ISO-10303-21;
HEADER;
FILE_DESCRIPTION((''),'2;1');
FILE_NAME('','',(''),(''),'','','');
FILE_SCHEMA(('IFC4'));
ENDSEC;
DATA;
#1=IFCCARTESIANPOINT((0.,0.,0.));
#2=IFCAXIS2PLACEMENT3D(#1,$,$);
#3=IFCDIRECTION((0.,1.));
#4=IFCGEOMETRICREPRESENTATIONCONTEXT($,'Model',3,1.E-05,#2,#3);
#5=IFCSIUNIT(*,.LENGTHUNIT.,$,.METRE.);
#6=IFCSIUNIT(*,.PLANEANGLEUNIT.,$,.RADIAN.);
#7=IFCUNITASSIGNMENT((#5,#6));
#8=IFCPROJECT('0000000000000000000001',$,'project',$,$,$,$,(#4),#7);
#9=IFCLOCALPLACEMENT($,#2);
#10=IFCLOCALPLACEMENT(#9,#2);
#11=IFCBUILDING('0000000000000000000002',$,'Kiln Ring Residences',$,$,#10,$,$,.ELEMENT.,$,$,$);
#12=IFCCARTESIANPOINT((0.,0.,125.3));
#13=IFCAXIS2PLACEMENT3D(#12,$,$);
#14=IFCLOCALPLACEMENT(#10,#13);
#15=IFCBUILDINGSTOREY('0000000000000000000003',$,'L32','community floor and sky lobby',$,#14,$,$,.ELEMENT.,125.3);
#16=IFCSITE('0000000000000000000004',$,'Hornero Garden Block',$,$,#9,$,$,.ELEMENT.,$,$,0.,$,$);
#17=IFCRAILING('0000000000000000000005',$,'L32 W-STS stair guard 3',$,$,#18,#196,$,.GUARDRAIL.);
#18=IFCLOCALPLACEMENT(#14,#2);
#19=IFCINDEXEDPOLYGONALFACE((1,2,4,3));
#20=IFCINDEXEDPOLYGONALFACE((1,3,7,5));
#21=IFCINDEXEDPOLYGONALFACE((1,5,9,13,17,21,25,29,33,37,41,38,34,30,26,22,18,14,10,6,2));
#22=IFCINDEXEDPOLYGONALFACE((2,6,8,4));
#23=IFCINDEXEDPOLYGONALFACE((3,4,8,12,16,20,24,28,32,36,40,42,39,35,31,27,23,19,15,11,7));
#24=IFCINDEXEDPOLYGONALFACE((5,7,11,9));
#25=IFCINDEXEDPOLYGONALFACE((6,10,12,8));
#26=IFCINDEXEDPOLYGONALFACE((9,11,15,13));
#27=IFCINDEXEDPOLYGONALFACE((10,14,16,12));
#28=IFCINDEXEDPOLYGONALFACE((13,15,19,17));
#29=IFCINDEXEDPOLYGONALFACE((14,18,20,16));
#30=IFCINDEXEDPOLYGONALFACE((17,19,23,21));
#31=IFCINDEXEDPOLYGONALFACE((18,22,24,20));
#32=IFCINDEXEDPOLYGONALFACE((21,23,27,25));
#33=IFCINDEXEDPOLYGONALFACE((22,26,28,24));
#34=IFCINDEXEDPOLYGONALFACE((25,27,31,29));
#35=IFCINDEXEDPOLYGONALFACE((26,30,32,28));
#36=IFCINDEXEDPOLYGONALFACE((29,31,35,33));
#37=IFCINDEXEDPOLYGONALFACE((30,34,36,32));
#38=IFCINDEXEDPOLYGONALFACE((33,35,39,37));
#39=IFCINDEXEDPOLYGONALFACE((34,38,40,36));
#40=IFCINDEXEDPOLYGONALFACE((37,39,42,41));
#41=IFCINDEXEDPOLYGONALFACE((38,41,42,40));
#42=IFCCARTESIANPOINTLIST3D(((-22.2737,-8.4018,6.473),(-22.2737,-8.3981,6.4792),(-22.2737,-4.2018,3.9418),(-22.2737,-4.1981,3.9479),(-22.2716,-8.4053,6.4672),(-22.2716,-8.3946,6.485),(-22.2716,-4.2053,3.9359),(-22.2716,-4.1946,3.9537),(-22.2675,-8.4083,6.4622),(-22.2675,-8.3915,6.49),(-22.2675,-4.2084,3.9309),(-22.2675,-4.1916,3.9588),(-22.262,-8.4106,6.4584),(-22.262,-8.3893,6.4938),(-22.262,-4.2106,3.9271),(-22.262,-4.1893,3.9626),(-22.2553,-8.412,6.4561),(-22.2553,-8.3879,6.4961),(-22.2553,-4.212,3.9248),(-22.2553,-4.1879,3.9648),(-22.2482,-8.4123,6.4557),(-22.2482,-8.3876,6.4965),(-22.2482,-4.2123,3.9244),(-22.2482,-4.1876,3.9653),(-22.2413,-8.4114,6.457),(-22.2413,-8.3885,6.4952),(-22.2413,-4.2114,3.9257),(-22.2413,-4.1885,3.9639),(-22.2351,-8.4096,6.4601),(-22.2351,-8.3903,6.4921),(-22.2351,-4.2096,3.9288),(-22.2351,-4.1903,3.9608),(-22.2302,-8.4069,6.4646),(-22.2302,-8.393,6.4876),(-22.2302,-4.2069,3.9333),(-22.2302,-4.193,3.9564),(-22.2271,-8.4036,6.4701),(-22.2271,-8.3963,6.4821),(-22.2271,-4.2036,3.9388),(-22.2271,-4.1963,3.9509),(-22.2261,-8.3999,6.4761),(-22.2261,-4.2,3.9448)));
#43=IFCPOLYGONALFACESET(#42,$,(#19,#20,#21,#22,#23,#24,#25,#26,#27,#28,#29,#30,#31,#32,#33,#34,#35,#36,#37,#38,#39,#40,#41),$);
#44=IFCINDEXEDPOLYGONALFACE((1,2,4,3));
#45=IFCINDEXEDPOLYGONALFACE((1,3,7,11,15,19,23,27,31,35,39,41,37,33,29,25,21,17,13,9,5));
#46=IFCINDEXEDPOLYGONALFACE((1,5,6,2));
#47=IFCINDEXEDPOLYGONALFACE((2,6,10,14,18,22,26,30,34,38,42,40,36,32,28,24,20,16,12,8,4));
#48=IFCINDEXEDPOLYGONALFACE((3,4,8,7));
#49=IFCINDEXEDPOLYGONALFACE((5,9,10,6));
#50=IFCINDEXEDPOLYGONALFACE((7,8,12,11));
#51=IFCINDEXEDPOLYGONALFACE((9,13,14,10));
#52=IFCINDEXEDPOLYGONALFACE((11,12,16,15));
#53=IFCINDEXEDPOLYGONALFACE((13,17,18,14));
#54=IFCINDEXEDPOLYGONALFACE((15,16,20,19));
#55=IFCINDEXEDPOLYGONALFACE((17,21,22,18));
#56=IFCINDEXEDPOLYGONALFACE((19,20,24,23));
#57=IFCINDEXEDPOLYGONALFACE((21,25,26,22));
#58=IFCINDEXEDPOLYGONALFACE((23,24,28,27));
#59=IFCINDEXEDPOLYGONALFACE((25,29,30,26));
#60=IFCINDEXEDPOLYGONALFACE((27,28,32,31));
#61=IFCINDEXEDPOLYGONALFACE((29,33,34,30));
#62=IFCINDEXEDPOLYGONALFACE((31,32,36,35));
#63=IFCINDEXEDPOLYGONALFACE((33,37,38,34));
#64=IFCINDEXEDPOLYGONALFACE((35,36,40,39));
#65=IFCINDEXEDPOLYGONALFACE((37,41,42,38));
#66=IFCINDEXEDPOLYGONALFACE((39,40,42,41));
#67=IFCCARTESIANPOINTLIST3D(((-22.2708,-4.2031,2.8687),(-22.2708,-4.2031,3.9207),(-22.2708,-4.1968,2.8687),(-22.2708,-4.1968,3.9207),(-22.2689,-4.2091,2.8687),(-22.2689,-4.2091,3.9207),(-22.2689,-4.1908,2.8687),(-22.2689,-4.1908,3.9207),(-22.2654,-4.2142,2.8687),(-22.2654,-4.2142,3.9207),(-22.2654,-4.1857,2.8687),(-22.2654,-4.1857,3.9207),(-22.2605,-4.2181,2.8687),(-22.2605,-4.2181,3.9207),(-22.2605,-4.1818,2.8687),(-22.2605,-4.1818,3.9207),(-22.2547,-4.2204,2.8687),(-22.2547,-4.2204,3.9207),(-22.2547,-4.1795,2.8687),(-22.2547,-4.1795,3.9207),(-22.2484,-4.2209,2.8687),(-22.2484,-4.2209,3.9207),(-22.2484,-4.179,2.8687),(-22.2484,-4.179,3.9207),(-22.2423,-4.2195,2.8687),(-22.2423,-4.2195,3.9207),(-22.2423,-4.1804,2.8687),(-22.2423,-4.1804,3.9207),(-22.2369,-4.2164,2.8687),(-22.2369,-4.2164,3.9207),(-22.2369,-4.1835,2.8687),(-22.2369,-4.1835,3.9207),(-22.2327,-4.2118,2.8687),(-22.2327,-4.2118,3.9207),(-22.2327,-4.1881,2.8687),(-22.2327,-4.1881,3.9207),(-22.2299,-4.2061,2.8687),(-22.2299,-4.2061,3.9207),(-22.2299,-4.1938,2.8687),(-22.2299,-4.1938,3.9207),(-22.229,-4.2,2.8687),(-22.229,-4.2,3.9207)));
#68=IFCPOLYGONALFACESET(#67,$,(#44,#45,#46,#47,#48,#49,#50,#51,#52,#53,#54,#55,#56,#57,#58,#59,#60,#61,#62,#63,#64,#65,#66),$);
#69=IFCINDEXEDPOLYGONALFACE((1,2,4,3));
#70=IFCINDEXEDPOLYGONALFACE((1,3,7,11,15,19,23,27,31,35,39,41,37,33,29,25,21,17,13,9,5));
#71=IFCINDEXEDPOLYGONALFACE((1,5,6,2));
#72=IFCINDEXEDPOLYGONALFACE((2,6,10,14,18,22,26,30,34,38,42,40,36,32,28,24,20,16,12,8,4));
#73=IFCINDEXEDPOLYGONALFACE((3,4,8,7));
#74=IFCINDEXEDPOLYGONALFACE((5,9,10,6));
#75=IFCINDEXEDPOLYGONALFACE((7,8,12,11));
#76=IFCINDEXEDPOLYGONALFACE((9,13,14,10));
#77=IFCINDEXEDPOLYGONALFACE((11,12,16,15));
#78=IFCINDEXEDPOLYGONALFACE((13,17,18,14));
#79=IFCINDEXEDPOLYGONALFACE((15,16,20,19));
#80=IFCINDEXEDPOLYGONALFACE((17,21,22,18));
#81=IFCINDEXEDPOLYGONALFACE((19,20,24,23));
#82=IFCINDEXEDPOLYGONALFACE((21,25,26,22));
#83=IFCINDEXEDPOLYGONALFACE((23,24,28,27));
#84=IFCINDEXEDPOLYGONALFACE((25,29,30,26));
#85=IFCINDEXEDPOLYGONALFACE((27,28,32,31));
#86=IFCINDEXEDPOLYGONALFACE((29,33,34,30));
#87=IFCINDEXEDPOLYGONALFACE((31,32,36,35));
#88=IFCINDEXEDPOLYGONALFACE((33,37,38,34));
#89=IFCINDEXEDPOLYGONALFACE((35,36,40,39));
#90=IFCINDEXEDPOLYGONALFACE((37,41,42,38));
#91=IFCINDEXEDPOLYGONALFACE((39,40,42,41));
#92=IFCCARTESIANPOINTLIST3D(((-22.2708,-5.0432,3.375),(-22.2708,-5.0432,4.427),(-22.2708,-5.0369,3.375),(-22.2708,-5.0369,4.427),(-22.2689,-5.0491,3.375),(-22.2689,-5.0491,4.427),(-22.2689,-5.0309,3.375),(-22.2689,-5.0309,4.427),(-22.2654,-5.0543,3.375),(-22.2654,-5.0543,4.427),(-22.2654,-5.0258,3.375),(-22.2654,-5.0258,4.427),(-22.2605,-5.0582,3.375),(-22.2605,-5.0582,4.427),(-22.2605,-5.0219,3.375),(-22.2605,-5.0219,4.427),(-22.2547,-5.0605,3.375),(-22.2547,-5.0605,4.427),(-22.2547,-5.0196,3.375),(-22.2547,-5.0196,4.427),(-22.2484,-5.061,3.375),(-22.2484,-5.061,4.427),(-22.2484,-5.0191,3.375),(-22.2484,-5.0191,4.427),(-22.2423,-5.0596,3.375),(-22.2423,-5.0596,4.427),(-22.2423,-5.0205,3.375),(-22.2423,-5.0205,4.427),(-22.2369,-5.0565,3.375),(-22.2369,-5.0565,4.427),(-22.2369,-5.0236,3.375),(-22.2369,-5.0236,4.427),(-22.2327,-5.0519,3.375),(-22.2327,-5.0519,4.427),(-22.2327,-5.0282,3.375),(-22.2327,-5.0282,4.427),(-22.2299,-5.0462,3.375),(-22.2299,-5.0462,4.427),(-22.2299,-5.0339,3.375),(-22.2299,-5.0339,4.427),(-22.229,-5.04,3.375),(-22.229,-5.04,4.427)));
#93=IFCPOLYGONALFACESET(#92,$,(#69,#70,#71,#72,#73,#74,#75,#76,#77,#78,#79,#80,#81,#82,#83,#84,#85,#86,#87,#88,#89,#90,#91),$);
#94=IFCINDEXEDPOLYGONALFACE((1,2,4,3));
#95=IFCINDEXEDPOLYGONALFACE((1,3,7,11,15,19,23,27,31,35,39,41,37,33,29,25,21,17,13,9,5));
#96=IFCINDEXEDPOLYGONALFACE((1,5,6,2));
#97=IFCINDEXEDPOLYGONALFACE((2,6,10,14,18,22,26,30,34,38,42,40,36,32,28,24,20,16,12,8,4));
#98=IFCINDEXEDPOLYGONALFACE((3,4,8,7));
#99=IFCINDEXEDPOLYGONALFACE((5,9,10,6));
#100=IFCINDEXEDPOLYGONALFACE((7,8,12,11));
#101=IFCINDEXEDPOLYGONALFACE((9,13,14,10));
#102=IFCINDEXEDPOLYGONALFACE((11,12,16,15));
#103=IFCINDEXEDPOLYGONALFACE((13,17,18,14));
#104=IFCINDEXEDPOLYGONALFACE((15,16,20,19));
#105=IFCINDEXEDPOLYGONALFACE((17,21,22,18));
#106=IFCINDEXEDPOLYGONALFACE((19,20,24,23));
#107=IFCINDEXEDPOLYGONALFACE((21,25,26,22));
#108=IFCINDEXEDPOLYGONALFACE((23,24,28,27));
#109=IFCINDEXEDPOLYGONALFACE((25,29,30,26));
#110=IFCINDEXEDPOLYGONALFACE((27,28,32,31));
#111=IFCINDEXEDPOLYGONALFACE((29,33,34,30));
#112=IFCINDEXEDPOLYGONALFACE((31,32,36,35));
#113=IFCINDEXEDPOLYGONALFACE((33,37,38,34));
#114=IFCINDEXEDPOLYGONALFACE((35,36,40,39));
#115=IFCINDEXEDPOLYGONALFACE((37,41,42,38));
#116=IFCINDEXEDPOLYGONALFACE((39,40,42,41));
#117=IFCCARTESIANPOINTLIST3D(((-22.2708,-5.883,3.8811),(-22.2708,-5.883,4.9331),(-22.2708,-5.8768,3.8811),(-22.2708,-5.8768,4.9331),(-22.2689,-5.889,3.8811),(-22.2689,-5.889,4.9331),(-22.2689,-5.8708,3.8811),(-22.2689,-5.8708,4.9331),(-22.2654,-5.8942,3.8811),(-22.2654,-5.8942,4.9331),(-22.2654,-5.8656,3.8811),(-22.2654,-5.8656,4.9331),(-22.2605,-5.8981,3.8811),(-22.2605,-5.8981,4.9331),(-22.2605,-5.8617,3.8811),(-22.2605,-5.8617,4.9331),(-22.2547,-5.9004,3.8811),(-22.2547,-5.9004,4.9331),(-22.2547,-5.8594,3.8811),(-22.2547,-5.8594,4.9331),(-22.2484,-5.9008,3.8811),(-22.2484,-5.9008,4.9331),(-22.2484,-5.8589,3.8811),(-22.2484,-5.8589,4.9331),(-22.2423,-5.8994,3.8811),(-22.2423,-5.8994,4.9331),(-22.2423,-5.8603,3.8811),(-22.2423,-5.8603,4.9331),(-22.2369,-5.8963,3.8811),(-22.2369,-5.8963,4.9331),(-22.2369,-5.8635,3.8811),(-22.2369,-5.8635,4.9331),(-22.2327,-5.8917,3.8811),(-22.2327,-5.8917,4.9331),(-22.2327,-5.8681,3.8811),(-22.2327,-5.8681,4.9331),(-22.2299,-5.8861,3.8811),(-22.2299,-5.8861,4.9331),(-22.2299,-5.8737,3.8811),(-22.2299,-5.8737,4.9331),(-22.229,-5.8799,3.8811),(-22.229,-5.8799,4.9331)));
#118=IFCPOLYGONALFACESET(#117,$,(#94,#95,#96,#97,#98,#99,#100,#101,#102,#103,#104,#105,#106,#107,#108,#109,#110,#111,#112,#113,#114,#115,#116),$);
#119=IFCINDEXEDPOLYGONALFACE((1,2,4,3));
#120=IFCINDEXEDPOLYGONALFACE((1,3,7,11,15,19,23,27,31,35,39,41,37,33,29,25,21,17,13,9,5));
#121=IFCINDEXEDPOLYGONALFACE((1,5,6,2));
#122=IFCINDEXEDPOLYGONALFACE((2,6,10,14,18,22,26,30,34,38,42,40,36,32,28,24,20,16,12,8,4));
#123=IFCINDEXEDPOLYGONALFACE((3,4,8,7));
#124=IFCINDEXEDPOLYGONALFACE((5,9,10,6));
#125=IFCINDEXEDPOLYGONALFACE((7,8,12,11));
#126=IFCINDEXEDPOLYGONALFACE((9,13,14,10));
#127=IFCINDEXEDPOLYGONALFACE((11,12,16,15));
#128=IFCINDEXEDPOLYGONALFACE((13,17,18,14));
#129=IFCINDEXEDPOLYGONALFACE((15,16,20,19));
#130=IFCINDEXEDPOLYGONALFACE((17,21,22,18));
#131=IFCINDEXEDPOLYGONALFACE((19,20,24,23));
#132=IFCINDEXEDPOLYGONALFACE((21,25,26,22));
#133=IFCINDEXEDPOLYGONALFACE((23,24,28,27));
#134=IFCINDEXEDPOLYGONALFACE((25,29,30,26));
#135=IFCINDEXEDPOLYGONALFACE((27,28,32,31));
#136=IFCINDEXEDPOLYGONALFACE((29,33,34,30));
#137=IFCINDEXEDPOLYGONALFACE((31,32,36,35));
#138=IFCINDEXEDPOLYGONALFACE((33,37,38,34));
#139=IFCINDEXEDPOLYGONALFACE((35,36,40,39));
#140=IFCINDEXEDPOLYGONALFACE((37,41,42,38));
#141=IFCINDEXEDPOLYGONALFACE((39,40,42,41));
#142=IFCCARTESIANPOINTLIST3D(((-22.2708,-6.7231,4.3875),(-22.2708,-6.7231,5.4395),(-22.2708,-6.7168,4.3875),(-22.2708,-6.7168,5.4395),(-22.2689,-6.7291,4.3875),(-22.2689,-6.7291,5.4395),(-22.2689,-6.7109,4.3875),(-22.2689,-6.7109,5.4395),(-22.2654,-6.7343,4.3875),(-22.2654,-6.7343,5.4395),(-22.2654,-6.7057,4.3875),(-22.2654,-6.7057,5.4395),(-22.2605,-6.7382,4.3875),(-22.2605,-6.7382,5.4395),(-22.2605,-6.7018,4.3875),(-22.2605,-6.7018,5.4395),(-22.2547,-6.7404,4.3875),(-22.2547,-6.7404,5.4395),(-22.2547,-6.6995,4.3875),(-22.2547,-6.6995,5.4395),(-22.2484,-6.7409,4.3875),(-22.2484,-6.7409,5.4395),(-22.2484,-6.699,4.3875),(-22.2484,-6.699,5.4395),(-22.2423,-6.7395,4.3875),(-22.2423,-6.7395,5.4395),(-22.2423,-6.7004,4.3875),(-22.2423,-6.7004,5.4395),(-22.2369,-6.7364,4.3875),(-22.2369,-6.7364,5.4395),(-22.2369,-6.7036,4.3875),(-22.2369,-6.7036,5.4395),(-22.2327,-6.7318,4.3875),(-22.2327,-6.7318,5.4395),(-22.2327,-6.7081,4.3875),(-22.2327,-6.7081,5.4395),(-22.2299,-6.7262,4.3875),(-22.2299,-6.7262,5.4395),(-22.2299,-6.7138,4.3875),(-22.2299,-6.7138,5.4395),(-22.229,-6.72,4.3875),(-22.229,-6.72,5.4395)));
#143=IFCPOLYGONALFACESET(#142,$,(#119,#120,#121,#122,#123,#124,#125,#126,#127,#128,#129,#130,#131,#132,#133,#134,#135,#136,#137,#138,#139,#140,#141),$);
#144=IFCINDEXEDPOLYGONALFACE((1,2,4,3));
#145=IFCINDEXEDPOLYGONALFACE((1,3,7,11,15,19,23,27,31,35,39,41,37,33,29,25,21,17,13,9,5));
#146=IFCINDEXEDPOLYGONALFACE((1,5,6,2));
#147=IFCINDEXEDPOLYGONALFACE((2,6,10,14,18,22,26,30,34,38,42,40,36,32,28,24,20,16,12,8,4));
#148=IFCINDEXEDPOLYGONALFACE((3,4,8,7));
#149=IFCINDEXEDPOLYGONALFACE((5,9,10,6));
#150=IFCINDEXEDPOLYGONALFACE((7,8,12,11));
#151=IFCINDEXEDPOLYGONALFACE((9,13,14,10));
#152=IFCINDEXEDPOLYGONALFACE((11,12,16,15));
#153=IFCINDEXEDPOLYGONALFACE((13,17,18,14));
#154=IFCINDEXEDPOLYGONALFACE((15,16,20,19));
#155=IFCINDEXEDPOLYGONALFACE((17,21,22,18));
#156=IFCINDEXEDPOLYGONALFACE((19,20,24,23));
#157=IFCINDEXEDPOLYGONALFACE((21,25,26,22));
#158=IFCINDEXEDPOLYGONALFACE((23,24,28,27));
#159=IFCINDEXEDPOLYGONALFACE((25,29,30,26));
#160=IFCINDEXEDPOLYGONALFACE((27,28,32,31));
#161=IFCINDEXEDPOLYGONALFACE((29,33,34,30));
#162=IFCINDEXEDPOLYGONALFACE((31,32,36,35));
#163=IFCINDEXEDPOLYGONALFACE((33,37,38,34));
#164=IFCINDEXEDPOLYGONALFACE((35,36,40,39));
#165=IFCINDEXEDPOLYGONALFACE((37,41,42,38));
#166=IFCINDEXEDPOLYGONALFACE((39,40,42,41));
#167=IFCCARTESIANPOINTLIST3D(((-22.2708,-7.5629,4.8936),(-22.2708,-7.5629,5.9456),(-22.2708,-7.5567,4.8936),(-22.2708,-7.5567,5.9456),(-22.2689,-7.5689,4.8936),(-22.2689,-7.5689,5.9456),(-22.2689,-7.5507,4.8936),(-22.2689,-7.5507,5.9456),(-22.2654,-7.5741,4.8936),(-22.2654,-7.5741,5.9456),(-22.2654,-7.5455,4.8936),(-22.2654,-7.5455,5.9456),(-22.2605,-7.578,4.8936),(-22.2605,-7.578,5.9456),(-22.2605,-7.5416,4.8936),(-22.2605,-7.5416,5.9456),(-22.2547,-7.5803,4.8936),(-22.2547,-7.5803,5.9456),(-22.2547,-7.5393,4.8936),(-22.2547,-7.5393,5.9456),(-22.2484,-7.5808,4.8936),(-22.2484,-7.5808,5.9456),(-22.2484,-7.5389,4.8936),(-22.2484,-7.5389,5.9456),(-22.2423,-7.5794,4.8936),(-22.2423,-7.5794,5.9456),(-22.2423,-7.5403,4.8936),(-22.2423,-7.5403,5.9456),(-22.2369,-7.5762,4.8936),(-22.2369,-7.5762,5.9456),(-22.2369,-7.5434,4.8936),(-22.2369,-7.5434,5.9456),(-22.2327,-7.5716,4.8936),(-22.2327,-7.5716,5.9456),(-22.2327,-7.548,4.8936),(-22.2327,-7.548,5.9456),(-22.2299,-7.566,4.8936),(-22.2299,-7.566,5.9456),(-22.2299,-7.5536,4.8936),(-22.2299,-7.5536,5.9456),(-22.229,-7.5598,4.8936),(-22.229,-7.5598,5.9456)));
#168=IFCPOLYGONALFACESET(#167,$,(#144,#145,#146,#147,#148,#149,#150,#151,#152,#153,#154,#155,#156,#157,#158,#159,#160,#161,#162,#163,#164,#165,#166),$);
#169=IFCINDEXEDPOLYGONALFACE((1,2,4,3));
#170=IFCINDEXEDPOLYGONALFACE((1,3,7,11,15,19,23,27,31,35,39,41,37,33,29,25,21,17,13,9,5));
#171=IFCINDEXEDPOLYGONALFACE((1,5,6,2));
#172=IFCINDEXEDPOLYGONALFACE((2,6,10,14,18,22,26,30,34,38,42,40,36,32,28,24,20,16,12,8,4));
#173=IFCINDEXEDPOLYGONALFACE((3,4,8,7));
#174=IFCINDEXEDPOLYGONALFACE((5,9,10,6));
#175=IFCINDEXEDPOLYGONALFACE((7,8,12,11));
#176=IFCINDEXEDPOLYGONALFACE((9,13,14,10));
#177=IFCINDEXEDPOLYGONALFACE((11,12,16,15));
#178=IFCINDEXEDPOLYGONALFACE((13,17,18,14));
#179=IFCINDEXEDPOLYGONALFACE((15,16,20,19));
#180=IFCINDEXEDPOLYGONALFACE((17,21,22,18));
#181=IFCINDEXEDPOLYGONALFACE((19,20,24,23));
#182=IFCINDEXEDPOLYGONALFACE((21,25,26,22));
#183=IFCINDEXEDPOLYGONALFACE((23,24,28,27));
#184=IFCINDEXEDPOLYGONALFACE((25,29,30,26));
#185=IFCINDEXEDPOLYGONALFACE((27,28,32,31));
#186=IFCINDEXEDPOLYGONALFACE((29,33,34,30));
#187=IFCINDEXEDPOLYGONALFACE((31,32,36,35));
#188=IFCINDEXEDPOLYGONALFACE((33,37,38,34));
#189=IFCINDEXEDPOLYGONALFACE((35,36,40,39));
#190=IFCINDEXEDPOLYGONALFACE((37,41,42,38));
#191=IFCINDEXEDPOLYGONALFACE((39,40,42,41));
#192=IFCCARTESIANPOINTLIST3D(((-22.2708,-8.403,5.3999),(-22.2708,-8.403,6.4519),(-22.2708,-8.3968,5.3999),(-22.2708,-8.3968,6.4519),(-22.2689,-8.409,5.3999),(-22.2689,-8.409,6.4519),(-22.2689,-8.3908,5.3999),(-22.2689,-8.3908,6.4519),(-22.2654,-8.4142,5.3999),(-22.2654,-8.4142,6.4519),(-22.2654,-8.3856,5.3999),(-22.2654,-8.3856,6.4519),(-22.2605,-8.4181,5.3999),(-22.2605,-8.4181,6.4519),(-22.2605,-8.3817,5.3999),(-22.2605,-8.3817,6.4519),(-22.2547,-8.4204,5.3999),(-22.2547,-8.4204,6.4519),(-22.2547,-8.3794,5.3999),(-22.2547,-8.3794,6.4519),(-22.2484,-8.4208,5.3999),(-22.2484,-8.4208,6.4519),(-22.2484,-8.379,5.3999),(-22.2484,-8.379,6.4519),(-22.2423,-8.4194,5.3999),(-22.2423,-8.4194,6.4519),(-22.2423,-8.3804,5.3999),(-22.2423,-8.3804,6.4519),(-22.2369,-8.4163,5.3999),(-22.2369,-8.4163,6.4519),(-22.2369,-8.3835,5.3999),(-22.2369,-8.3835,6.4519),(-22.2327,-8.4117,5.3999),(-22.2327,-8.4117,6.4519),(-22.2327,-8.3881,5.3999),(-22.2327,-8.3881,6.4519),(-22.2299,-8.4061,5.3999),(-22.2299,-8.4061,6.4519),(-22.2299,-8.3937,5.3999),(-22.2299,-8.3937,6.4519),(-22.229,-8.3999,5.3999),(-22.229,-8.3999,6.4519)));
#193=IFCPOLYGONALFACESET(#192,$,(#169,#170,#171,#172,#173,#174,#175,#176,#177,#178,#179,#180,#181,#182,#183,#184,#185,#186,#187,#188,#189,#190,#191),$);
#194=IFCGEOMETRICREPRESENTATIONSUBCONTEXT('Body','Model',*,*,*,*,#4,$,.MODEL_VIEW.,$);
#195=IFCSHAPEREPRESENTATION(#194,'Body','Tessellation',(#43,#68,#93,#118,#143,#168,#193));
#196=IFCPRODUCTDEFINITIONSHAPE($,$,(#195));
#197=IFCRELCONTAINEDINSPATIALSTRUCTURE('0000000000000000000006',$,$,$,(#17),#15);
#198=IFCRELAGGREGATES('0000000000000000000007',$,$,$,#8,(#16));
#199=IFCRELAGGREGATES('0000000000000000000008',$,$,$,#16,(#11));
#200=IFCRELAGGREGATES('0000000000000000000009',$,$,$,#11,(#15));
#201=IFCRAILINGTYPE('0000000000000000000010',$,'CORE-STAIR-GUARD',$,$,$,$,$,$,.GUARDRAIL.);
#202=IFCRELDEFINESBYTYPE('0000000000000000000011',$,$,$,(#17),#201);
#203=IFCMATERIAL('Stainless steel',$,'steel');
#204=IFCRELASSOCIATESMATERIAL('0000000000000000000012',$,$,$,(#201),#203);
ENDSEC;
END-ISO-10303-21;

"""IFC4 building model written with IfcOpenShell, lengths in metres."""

from ifc_helpers import new_model, si_unit, direction, frame, origin, origin_2d, place, context, subcontext, project, spatial, circle, extrude, material, type_object, element, save


model = new_model("IFC4")

# Units and contexts
model_context = context("Model", 3, precision=1e-05, world=origin(), true_north=direction((0.0, 1.0)))
body_context = subcontext(model_context, "Body", "Model", "MODEL_VIEW")
ifc_project = project(units=[si_unit("LENGTHUNIT", "METRE"), si_unit("PLANEANGLEUNIT", "RADIAN")], contexts=[model_context])

# Site, building, storey
site_placement = place(None, origin())
site = spatial("IfcSite", under=ifc_project, at=site_placement, Name="Hornero Garden Block", CompositionType="ELEMENT", RefElevation=0.0)
building_placement = place(site_placement, origin())
building = spatial("IfcBuilding", under=site, at=building_placement, Name="Kiln Ring Residences", CompositionType="ELEMENT")
storey_placement = place(building_placement, frame((0.0, 0.0, 125.3)))
storey = spatial("IfcBuildingStorey", under=building, at=storey_placement, Name="L32", Description="community floor and sky lobby", CompositionType="ELEMENT", Elevation=125.3)

# Railing
ifc_material_1 = material(Name="Stainless steel", Category="steel")
railing_type_1 = type_object("IfcRailingType", Name="CORE-STAIR-GUARD", PredefinedType="GUARDRAIL", material=ifc_material_1)
railing_1_placement = place(storey_placement, frame((-22.25, -4.2, 2.8687)))
element("IfcRailing", 1, at=railing_1_placement, inside=storey, type_object=railing_type_1, Name="L32 W-STS stair guard 3", PredefinedType="GUARDRAIL", context=body_context, shape_type="SweptSolid", body=[
    extrude(circle(Radius=0.0239, at=origin_2d()), frame((0.0, 0.0, 1.0762), z_axis=(0.0, -0.856476, 0.516186), x_axis=(1.0, 0.0, 0.0)), (0.0, 0.0, 1.0), 4.9038),
    extrude(circle(Radius=0.021, at=origin_2d()), origin(), (0.0, 0.0, 1.0), 1.052),
    extrude(circle(Radius=0.021, at=origin_2d()), frame((0.0, -0.8401, 0.5063)), (0.0, 0.0, 1.0), 1.052),
    extrude(circle(Radius=0.021, at=origin_2d()), frame((0.0, -1.6799, 1.0125)), (0.0, 0.0, 1.0), 1.052),
    extrude(circle(Radius=0.021, at=origin_2d()), frame((0.0, -2.52, 1.5188)), (0.0, 0.0, 1.0), 1.052),
    extrude(circle(Radius=0.021, at=origin_2d()), frame((0.0, -3.3599, 2.0249)), (0.0, 0.0, 1.0), 1.052),
    extrude(circle(Radius=0.021, at=origin_2d()), frame((0.0, -4.2, 2.5312)), (0.0, 0.0, 1.0), 1.052),
])

save(model, "model.ifc")
